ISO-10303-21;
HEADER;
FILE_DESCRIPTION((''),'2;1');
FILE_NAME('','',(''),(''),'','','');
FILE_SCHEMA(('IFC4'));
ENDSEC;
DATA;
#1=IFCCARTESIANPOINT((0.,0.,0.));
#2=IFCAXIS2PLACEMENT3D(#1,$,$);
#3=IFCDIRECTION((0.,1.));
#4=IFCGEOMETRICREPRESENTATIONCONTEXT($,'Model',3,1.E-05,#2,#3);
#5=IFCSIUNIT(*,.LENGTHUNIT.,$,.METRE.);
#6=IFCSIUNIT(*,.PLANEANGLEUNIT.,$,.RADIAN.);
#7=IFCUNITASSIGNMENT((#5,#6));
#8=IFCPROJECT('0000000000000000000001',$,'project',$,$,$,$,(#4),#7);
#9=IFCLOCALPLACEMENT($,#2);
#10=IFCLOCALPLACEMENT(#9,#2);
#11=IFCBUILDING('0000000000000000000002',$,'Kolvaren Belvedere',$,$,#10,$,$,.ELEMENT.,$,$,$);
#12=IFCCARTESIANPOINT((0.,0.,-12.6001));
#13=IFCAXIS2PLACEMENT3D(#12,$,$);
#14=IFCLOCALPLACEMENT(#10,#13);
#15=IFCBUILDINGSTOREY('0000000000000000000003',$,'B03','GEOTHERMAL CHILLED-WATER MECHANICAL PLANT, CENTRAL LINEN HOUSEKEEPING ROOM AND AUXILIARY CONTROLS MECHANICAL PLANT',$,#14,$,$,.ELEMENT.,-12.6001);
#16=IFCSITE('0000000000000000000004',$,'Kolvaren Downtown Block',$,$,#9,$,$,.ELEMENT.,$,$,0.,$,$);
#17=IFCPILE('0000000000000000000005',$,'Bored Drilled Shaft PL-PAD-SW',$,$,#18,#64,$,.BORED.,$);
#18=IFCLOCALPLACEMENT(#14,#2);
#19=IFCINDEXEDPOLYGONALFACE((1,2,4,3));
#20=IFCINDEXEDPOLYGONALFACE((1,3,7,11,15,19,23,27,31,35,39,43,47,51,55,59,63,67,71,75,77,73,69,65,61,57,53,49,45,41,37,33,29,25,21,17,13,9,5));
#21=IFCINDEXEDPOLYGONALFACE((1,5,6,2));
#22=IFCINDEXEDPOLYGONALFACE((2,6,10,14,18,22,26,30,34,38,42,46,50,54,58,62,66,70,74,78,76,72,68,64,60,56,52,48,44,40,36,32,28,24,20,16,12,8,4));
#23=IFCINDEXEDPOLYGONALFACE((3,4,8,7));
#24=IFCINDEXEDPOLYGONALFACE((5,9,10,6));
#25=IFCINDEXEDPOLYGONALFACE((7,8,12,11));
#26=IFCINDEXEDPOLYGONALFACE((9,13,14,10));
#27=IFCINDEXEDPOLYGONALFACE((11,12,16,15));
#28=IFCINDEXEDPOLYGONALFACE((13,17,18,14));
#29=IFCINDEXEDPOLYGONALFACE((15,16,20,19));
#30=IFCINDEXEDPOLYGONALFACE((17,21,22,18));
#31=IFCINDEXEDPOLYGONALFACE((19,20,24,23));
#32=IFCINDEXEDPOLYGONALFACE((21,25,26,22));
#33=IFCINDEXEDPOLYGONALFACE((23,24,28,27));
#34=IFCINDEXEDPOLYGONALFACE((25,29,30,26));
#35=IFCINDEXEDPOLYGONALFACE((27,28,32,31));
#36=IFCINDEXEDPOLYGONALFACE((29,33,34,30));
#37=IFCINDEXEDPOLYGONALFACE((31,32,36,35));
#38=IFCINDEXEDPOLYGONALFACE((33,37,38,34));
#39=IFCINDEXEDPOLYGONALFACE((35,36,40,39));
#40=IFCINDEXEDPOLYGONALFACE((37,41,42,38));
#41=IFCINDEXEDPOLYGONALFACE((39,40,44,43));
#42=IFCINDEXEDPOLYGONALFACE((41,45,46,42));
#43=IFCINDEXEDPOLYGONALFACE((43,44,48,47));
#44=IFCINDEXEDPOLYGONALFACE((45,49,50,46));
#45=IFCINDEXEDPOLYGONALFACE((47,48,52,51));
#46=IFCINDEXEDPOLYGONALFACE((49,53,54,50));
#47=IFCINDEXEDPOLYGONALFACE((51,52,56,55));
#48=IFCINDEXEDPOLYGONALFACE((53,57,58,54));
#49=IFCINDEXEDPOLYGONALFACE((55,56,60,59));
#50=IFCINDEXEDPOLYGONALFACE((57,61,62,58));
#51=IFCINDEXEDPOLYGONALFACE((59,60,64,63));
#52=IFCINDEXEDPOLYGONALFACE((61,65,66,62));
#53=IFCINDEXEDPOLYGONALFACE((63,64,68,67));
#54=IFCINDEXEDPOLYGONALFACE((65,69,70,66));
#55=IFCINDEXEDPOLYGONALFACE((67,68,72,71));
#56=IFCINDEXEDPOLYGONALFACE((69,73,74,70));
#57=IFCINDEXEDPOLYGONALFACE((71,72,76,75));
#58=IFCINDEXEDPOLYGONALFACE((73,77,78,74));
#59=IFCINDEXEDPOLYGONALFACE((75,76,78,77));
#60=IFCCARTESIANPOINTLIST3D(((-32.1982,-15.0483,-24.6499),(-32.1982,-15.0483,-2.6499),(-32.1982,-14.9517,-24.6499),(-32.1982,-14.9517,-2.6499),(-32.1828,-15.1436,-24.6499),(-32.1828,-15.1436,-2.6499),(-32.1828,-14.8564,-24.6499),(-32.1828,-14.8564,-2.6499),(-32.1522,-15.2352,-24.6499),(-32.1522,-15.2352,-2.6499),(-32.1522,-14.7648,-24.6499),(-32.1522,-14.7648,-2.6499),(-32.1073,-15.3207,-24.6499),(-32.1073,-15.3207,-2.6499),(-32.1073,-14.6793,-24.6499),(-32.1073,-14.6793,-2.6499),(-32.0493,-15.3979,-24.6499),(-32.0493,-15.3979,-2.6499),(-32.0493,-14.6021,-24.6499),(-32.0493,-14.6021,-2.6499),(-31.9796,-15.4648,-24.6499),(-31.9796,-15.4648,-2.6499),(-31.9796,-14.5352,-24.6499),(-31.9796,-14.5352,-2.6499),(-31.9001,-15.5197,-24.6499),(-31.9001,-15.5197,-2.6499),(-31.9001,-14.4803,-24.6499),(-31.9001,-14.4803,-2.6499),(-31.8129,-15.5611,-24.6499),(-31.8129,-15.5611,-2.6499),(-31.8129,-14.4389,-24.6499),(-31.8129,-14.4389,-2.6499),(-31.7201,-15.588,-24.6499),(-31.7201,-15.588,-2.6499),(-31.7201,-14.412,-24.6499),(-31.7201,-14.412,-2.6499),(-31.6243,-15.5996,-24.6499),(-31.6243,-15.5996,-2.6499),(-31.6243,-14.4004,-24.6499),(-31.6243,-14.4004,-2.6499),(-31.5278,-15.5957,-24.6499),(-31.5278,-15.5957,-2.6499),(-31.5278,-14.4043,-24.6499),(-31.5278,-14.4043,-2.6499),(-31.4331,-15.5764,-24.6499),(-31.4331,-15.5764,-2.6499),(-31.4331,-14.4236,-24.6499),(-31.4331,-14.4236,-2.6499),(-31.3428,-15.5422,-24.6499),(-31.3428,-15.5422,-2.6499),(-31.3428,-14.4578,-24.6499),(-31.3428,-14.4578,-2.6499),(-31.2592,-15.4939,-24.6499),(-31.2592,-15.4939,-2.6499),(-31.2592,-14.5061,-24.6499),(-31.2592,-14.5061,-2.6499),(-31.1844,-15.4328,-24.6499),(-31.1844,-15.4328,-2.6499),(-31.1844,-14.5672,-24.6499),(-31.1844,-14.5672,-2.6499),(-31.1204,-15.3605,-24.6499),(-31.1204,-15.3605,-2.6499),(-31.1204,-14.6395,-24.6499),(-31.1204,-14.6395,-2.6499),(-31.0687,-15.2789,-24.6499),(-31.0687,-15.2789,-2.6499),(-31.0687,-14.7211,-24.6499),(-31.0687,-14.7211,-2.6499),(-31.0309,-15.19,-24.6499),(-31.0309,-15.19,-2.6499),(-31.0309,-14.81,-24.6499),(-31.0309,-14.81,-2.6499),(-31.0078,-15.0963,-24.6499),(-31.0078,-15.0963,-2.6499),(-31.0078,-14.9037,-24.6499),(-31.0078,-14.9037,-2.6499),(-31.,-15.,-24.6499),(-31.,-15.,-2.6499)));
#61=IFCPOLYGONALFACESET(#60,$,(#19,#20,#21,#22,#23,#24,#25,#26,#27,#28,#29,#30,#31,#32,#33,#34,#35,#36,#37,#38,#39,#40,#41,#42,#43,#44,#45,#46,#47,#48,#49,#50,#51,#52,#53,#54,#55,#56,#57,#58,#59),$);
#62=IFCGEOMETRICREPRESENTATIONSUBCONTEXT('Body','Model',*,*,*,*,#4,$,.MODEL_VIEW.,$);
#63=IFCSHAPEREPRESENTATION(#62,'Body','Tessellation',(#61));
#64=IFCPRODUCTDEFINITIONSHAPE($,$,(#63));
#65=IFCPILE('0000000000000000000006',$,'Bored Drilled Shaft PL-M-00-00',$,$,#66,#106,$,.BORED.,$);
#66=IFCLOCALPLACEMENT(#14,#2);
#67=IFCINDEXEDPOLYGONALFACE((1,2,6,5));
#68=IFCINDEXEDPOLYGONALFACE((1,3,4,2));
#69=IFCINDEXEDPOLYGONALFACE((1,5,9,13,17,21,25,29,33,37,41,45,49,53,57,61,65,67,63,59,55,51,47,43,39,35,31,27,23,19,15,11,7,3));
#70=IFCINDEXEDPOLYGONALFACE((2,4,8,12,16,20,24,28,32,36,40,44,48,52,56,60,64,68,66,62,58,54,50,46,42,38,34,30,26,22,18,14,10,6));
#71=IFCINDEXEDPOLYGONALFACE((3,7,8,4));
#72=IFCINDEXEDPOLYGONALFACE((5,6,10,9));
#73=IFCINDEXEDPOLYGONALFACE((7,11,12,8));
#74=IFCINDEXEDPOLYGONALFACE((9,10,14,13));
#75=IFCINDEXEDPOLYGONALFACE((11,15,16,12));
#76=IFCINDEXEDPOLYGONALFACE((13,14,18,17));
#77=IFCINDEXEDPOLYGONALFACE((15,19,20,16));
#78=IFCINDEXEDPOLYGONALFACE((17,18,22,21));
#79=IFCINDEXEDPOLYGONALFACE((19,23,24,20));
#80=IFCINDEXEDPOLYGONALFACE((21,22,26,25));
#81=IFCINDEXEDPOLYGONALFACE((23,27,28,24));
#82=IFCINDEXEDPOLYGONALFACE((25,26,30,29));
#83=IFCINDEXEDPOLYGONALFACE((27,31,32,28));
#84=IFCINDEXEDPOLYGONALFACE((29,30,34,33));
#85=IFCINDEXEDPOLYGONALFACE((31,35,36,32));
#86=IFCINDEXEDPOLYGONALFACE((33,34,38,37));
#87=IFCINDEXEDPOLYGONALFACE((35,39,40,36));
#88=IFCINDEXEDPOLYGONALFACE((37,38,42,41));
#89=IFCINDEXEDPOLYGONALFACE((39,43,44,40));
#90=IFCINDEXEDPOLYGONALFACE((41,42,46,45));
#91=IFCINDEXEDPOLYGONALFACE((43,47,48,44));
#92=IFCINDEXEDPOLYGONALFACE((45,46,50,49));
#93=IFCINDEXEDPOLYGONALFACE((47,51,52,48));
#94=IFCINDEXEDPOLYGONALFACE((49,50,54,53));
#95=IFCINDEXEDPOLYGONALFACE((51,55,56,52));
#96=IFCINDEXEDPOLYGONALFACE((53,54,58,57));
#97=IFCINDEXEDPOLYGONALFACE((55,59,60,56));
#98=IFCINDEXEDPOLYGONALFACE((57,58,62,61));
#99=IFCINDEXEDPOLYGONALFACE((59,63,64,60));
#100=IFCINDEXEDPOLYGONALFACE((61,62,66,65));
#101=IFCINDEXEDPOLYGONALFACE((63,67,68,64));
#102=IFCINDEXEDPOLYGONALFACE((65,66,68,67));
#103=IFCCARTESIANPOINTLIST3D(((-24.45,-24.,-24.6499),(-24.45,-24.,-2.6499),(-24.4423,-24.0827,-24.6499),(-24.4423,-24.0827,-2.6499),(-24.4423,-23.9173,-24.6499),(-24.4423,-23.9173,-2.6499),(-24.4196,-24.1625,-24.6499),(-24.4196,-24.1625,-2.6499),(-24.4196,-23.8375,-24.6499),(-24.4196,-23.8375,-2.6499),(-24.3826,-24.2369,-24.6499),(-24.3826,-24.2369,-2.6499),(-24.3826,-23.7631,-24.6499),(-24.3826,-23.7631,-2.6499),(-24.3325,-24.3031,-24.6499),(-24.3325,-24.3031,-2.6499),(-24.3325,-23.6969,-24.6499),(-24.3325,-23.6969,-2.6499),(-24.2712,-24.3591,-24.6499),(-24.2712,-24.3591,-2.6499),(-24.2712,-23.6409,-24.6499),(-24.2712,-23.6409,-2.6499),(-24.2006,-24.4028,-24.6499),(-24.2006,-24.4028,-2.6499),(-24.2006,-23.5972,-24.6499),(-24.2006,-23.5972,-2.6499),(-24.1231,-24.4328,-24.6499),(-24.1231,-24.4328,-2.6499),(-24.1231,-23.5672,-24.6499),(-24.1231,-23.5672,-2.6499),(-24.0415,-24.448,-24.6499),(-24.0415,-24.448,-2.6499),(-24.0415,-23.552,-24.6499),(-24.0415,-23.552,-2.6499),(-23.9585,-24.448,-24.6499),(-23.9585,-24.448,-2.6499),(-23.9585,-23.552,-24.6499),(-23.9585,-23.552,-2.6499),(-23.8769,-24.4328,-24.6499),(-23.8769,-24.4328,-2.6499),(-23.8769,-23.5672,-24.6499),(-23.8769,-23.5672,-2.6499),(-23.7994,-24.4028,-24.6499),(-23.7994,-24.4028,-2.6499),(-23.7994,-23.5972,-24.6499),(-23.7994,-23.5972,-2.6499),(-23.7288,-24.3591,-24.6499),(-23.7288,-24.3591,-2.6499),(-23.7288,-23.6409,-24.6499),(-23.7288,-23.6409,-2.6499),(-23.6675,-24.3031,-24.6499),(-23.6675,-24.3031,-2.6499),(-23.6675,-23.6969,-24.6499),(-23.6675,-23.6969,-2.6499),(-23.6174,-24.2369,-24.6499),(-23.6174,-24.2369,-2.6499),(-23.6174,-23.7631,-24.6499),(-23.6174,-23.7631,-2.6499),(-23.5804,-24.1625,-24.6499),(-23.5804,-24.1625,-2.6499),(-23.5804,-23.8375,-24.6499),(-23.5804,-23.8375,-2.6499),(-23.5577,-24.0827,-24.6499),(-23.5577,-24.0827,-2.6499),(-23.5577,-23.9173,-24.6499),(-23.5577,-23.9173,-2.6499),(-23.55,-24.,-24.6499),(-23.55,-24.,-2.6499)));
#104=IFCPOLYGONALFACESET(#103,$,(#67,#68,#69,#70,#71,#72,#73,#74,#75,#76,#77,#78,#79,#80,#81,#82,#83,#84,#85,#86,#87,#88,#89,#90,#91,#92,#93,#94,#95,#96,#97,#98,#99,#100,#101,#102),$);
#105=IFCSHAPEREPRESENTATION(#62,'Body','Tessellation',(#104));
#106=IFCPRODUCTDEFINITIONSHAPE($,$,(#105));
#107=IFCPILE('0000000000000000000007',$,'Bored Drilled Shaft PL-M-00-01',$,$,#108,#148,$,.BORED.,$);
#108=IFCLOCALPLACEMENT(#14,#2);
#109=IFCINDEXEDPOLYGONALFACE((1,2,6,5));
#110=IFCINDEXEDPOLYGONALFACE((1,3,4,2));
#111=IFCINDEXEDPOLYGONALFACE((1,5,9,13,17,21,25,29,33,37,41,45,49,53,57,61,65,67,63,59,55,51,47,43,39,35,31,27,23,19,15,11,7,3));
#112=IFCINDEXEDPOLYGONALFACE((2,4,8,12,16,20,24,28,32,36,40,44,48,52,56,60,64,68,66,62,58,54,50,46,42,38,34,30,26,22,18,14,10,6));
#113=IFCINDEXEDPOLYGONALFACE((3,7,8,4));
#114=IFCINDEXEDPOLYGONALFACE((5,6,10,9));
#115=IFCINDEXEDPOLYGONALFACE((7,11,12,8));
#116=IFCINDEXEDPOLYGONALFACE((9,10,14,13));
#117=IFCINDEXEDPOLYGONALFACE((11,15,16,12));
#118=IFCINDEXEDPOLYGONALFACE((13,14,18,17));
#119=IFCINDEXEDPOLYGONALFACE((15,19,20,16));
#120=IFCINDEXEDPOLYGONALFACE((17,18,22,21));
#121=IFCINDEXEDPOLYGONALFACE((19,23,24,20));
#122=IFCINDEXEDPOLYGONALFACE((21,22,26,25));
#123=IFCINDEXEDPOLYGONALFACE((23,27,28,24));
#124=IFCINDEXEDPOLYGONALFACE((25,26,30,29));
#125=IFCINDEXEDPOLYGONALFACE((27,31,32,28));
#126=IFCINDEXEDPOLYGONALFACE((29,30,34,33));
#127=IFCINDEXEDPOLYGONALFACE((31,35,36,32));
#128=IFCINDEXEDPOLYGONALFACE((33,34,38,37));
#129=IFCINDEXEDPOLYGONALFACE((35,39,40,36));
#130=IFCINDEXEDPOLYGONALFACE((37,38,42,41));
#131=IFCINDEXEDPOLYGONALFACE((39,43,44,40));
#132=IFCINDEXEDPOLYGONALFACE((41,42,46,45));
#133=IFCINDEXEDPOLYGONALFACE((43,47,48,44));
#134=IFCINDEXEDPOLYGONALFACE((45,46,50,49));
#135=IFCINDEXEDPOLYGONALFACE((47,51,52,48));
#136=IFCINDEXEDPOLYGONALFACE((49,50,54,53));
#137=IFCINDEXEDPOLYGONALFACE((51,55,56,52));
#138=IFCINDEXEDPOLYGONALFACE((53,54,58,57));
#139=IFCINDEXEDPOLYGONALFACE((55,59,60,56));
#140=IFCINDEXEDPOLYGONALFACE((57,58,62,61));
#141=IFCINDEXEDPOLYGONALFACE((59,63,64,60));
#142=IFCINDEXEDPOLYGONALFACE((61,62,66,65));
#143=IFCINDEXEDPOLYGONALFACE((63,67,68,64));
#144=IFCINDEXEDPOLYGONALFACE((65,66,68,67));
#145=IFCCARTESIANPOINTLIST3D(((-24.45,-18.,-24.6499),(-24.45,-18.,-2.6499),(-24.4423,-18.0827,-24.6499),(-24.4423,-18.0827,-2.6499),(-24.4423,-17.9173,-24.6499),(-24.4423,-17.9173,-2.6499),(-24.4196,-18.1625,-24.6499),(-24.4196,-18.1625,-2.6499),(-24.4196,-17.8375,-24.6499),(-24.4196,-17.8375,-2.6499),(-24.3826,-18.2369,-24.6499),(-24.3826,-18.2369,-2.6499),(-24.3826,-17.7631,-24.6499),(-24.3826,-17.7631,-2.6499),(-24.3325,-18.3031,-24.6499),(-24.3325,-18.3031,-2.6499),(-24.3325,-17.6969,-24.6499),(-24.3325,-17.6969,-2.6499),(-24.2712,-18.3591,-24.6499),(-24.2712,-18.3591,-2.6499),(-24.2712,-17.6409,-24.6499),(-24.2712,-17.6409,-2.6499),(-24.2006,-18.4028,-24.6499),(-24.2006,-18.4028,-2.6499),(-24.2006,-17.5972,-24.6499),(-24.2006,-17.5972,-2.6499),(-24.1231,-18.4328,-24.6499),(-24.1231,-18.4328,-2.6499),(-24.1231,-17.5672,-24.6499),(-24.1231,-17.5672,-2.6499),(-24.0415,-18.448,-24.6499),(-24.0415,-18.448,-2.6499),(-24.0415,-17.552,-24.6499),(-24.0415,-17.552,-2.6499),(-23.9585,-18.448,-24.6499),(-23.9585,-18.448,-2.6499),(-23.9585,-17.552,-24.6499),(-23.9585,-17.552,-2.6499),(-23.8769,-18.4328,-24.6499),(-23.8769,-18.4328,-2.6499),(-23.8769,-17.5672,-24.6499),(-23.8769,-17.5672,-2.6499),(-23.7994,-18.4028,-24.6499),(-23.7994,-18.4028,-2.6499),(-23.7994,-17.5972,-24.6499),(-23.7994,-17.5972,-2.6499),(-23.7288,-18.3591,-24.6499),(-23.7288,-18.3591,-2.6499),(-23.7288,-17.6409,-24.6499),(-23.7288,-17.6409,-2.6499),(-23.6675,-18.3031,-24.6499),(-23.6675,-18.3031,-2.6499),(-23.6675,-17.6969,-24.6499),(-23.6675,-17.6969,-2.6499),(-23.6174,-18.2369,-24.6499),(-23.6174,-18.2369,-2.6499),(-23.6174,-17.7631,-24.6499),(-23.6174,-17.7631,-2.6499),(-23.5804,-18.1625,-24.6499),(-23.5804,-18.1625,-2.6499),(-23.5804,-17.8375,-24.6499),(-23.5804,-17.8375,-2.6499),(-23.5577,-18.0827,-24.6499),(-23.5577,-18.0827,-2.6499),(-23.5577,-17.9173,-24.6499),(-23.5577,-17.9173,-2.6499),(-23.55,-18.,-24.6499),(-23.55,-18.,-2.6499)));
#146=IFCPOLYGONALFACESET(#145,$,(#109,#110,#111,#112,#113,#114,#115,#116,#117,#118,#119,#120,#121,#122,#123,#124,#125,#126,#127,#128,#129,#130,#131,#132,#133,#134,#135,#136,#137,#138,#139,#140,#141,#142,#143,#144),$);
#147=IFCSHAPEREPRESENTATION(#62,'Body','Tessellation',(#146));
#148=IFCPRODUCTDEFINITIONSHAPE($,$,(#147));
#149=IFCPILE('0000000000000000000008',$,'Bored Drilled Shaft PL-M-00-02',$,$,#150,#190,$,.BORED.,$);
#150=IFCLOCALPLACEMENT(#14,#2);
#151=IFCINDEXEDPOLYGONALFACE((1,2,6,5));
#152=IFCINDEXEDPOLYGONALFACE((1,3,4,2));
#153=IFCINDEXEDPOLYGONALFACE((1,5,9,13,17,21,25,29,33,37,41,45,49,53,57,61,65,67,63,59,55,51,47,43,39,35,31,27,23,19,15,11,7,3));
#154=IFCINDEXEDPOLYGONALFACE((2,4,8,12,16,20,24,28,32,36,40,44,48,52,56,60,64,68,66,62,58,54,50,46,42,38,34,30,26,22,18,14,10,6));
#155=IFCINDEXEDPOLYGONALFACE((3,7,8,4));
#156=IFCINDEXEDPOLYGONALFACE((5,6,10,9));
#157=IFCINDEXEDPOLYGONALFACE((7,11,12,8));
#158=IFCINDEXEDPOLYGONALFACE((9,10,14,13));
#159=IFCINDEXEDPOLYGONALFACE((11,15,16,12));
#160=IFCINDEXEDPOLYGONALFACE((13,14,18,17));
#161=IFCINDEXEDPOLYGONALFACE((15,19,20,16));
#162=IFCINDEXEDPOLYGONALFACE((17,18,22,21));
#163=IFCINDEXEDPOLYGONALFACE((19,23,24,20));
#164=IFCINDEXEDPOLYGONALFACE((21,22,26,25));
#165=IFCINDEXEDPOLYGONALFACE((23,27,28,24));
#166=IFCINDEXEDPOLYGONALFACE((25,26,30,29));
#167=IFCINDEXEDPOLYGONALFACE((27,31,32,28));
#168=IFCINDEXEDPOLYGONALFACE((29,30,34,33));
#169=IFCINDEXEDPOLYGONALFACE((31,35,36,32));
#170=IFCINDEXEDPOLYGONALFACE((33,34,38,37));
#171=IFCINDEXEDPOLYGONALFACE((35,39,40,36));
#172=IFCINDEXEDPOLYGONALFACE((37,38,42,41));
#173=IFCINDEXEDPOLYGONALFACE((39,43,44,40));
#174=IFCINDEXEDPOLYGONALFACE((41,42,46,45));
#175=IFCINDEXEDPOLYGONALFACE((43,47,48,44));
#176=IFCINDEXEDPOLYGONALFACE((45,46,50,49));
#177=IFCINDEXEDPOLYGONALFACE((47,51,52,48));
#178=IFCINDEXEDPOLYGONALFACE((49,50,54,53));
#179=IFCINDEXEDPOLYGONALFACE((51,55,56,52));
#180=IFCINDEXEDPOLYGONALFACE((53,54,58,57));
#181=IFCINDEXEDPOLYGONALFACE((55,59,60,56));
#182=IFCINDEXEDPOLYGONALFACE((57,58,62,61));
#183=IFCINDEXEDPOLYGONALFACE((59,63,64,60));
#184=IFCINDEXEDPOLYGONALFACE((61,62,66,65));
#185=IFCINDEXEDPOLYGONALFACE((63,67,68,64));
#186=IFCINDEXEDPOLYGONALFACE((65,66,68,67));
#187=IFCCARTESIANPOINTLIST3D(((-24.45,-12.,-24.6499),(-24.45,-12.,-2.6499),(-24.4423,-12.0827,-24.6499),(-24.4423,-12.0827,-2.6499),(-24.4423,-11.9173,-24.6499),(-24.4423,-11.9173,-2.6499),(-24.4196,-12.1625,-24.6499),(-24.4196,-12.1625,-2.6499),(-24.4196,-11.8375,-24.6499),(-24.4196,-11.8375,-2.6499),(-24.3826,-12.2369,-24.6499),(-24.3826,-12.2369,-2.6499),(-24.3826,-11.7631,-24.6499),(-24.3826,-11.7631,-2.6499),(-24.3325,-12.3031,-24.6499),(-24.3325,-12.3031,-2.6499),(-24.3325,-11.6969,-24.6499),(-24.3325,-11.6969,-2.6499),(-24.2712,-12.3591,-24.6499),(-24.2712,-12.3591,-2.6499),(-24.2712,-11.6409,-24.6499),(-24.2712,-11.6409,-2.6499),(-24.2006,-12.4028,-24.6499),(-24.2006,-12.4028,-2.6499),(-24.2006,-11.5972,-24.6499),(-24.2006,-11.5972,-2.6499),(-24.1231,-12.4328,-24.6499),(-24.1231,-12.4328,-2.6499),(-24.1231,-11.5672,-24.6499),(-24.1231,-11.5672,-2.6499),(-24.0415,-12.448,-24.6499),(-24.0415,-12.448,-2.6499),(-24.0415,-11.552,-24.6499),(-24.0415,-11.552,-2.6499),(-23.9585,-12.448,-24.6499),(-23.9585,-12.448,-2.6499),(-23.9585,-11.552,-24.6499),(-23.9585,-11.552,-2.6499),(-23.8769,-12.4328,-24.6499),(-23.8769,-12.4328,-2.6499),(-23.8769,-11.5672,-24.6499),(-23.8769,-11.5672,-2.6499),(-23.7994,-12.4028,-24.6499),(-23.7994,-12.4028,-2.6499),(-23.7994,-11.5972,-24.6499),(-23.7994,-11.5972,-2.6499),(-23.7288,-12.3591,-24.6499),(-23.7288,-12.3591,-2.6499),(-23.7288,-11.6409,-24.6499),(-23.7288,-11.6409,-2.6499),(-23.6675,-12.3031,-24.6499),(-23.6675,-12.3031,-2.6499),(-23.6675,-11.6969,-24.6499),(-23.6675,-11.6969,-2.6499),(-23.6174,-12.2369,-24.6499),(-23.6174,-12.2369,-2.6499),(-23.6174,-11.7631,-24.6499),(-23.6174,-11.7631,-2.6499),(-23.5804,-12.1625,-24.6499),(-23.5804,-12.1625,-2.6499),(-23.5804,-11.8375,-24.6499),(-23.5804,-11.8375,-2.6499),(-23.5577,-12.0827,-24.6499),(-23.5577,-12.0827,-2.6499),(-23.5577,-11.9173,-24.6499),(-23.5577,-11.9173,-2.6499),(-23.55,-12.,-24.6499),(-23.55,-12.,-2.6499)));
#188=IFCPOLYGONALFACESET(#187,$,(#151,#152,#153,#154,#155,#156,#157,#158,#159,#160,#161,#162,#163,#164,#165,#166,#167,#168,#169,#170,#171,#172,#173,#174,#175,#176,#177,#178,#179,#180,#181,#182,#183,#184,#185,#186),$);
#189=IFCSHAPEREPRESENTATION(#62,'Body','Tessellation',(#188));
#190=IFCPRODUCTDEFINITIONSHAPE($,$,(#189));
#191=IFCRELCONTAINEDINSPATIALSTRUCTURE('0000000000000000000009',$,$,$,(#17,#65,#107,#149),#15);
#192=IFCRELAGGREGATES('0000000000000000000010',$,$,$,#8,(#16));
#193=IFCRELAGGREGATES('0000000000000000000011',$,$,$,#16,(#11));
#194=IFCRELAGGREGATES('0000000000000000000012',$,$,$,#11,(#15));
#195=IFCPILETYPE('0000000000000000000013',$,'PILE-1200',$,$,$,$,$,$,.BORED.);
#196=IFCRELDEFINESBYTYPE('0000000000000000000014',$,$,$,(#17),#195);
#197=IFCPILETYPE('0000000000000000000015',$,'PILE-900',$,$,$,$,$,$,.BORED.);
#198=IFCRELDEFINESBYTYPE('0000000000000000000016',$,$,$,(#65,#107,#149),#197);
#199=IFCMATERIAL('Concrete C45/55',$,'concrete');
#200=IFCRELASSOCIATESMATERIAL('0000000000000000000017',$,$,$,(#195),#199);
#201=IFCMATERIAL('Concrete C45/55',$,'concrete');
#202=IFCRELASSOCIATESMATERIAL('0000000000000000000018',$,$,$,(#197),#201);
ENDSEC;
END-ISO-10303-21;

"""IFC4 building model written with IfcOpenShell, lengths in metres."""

from ifc_helpers import new_model, si_unit, direction, frame, origin, origin_2d, place, context, subcontext, project, spatial, circle, extrude, material, material_profile, profile_set, type_object, element, save


model = new_model("IFC4")

# Units and contexts
model_context = context("Model", 3, precision=1e-05, world=origin(), true_north=direction((0.0, 1.0)))
body_context = subcontext(model_context, "Body", "Model", "MODEL_VIEW")
ifc_project = project(units=[si_unit("LENGTHUNIT", "METRE"), si_unit("PLANEANGLEUNIT", "RADIAN")], contexts=[model_context])

# Site, building, storey
site_placement = place(None, origin())
site = spatial("IfcSite", under=ifc_project, at=site_placement, Name="Kolvaren Downtown Block", CompositionType="ELEMENT", RefElevation=0.0)
building_placement = place(site_placement, origin())
building = spatial("IfcBuilding", under=site, at=building_placement, Name="Kolvaren Belvedere", CompositionType="ELEMENT")
storey_placement = place(building_placement, frame((0.0, 0.0, -12.6001)))
storey = spatial("IfcBuildingStorey", under=building, at=storey_placement, Name="B03", Description="GEOTHERMAL CHILLED-WATER MECHANICAL PLANT, CENTRAL LINEN HOUSEKEEPING ROOM AND AUXILIARY CONTROLS MECHANICAL PLANT", CompositionType="ELEMENT", Elevation=-12.6001)

# Piles
ifc_material_1 = material(Name="Concrete C45/55", Category="concrete")
ifc_material_profile_1 = material_profile(ifc_material_1, circle(Radius=0.6001, at=origin_2d()), Name="BORED PILE D1200")
ifc_profile_set_1 = profile_set([ifc_material_profile_1], Name="Concrete C45/55")
pile_type_1 = type_object("IfcPileType", Name="PILE-1200", PredefinedType="BORED", material=ifc_profile_set_1)
for number, where, z_axis, x_axis, name in (
    (1, (-31.6001, -15.0, -2.6499), (0.0, 0.0, -1.0), (1.0, 0.0, 0.0), "Bored Drilled Shaft PL-PAD-SW"),
):
    element("IfcPile", number, at=place(storey_placement, frame(where, z_axis=z_axis, x_axis=x_axis)), inside=storey, type_object=pile_type_1, Name=name, PredefinedType="BORED", context=body_context, shape_type="SweptSolid", body=[
        extrude(circle(Radius=0.6001, at=origin_2d()), origin(), (0.0, 0.0, 1.0), 22.0),
    ])
ifc_material_2 = material(Name="Concrete C45/55", Category="concrete")
ifc_material_profile_2 = material_profile(ifc_material_2, circle(Radius=0.45, at=origin_2d()), Name="BORED PILE D900")
ifc_profile_set_2 = profile_set([ifc_material_profile_2], Name="Concrete C45/55")
pile_type_2 = type_object("IfcPileType", Name="PILE-900", PredefinedType="BORED", material=ifc_profile_set_2)
for number, where, z_axis, x_axis, name in (
    (2, (-24.0, -24.0, -2.6499), (0.0, 0.0, -1.0), (1.0, 0.0, 0.0), "Bored Drilled Shaft PL-M-00-00"),
    (3, (-24.0, -18.0, -2.6499), (0.0, 0.0, -1.0), (1.0, 0.0, 0.0), "Bored Drilled Shaft PL-M-00-01"),
    (4, (-24.0, -12.0, -2.6499), (0.0, 0.0, -1.0), (1.0, 0.0, 0.0), "Bored Drilled Shaft PL-M-00-02"),
):
    element("IfcPile", number, at=place(storey_placement, frame(where, z_axis=z_axis, x_axis=x_axis)), inside=storey, type_object=pile_type_2, Name=name, PredefinedType="BORED", context=body_context, shape_type="SweptSolid", body=[
        extrude(circle(Radius=0.45, at=origin_2d()), origin(), (0.0, 0.0, 1.0), 22.0),
    ])

save(model, "model.ifc")
